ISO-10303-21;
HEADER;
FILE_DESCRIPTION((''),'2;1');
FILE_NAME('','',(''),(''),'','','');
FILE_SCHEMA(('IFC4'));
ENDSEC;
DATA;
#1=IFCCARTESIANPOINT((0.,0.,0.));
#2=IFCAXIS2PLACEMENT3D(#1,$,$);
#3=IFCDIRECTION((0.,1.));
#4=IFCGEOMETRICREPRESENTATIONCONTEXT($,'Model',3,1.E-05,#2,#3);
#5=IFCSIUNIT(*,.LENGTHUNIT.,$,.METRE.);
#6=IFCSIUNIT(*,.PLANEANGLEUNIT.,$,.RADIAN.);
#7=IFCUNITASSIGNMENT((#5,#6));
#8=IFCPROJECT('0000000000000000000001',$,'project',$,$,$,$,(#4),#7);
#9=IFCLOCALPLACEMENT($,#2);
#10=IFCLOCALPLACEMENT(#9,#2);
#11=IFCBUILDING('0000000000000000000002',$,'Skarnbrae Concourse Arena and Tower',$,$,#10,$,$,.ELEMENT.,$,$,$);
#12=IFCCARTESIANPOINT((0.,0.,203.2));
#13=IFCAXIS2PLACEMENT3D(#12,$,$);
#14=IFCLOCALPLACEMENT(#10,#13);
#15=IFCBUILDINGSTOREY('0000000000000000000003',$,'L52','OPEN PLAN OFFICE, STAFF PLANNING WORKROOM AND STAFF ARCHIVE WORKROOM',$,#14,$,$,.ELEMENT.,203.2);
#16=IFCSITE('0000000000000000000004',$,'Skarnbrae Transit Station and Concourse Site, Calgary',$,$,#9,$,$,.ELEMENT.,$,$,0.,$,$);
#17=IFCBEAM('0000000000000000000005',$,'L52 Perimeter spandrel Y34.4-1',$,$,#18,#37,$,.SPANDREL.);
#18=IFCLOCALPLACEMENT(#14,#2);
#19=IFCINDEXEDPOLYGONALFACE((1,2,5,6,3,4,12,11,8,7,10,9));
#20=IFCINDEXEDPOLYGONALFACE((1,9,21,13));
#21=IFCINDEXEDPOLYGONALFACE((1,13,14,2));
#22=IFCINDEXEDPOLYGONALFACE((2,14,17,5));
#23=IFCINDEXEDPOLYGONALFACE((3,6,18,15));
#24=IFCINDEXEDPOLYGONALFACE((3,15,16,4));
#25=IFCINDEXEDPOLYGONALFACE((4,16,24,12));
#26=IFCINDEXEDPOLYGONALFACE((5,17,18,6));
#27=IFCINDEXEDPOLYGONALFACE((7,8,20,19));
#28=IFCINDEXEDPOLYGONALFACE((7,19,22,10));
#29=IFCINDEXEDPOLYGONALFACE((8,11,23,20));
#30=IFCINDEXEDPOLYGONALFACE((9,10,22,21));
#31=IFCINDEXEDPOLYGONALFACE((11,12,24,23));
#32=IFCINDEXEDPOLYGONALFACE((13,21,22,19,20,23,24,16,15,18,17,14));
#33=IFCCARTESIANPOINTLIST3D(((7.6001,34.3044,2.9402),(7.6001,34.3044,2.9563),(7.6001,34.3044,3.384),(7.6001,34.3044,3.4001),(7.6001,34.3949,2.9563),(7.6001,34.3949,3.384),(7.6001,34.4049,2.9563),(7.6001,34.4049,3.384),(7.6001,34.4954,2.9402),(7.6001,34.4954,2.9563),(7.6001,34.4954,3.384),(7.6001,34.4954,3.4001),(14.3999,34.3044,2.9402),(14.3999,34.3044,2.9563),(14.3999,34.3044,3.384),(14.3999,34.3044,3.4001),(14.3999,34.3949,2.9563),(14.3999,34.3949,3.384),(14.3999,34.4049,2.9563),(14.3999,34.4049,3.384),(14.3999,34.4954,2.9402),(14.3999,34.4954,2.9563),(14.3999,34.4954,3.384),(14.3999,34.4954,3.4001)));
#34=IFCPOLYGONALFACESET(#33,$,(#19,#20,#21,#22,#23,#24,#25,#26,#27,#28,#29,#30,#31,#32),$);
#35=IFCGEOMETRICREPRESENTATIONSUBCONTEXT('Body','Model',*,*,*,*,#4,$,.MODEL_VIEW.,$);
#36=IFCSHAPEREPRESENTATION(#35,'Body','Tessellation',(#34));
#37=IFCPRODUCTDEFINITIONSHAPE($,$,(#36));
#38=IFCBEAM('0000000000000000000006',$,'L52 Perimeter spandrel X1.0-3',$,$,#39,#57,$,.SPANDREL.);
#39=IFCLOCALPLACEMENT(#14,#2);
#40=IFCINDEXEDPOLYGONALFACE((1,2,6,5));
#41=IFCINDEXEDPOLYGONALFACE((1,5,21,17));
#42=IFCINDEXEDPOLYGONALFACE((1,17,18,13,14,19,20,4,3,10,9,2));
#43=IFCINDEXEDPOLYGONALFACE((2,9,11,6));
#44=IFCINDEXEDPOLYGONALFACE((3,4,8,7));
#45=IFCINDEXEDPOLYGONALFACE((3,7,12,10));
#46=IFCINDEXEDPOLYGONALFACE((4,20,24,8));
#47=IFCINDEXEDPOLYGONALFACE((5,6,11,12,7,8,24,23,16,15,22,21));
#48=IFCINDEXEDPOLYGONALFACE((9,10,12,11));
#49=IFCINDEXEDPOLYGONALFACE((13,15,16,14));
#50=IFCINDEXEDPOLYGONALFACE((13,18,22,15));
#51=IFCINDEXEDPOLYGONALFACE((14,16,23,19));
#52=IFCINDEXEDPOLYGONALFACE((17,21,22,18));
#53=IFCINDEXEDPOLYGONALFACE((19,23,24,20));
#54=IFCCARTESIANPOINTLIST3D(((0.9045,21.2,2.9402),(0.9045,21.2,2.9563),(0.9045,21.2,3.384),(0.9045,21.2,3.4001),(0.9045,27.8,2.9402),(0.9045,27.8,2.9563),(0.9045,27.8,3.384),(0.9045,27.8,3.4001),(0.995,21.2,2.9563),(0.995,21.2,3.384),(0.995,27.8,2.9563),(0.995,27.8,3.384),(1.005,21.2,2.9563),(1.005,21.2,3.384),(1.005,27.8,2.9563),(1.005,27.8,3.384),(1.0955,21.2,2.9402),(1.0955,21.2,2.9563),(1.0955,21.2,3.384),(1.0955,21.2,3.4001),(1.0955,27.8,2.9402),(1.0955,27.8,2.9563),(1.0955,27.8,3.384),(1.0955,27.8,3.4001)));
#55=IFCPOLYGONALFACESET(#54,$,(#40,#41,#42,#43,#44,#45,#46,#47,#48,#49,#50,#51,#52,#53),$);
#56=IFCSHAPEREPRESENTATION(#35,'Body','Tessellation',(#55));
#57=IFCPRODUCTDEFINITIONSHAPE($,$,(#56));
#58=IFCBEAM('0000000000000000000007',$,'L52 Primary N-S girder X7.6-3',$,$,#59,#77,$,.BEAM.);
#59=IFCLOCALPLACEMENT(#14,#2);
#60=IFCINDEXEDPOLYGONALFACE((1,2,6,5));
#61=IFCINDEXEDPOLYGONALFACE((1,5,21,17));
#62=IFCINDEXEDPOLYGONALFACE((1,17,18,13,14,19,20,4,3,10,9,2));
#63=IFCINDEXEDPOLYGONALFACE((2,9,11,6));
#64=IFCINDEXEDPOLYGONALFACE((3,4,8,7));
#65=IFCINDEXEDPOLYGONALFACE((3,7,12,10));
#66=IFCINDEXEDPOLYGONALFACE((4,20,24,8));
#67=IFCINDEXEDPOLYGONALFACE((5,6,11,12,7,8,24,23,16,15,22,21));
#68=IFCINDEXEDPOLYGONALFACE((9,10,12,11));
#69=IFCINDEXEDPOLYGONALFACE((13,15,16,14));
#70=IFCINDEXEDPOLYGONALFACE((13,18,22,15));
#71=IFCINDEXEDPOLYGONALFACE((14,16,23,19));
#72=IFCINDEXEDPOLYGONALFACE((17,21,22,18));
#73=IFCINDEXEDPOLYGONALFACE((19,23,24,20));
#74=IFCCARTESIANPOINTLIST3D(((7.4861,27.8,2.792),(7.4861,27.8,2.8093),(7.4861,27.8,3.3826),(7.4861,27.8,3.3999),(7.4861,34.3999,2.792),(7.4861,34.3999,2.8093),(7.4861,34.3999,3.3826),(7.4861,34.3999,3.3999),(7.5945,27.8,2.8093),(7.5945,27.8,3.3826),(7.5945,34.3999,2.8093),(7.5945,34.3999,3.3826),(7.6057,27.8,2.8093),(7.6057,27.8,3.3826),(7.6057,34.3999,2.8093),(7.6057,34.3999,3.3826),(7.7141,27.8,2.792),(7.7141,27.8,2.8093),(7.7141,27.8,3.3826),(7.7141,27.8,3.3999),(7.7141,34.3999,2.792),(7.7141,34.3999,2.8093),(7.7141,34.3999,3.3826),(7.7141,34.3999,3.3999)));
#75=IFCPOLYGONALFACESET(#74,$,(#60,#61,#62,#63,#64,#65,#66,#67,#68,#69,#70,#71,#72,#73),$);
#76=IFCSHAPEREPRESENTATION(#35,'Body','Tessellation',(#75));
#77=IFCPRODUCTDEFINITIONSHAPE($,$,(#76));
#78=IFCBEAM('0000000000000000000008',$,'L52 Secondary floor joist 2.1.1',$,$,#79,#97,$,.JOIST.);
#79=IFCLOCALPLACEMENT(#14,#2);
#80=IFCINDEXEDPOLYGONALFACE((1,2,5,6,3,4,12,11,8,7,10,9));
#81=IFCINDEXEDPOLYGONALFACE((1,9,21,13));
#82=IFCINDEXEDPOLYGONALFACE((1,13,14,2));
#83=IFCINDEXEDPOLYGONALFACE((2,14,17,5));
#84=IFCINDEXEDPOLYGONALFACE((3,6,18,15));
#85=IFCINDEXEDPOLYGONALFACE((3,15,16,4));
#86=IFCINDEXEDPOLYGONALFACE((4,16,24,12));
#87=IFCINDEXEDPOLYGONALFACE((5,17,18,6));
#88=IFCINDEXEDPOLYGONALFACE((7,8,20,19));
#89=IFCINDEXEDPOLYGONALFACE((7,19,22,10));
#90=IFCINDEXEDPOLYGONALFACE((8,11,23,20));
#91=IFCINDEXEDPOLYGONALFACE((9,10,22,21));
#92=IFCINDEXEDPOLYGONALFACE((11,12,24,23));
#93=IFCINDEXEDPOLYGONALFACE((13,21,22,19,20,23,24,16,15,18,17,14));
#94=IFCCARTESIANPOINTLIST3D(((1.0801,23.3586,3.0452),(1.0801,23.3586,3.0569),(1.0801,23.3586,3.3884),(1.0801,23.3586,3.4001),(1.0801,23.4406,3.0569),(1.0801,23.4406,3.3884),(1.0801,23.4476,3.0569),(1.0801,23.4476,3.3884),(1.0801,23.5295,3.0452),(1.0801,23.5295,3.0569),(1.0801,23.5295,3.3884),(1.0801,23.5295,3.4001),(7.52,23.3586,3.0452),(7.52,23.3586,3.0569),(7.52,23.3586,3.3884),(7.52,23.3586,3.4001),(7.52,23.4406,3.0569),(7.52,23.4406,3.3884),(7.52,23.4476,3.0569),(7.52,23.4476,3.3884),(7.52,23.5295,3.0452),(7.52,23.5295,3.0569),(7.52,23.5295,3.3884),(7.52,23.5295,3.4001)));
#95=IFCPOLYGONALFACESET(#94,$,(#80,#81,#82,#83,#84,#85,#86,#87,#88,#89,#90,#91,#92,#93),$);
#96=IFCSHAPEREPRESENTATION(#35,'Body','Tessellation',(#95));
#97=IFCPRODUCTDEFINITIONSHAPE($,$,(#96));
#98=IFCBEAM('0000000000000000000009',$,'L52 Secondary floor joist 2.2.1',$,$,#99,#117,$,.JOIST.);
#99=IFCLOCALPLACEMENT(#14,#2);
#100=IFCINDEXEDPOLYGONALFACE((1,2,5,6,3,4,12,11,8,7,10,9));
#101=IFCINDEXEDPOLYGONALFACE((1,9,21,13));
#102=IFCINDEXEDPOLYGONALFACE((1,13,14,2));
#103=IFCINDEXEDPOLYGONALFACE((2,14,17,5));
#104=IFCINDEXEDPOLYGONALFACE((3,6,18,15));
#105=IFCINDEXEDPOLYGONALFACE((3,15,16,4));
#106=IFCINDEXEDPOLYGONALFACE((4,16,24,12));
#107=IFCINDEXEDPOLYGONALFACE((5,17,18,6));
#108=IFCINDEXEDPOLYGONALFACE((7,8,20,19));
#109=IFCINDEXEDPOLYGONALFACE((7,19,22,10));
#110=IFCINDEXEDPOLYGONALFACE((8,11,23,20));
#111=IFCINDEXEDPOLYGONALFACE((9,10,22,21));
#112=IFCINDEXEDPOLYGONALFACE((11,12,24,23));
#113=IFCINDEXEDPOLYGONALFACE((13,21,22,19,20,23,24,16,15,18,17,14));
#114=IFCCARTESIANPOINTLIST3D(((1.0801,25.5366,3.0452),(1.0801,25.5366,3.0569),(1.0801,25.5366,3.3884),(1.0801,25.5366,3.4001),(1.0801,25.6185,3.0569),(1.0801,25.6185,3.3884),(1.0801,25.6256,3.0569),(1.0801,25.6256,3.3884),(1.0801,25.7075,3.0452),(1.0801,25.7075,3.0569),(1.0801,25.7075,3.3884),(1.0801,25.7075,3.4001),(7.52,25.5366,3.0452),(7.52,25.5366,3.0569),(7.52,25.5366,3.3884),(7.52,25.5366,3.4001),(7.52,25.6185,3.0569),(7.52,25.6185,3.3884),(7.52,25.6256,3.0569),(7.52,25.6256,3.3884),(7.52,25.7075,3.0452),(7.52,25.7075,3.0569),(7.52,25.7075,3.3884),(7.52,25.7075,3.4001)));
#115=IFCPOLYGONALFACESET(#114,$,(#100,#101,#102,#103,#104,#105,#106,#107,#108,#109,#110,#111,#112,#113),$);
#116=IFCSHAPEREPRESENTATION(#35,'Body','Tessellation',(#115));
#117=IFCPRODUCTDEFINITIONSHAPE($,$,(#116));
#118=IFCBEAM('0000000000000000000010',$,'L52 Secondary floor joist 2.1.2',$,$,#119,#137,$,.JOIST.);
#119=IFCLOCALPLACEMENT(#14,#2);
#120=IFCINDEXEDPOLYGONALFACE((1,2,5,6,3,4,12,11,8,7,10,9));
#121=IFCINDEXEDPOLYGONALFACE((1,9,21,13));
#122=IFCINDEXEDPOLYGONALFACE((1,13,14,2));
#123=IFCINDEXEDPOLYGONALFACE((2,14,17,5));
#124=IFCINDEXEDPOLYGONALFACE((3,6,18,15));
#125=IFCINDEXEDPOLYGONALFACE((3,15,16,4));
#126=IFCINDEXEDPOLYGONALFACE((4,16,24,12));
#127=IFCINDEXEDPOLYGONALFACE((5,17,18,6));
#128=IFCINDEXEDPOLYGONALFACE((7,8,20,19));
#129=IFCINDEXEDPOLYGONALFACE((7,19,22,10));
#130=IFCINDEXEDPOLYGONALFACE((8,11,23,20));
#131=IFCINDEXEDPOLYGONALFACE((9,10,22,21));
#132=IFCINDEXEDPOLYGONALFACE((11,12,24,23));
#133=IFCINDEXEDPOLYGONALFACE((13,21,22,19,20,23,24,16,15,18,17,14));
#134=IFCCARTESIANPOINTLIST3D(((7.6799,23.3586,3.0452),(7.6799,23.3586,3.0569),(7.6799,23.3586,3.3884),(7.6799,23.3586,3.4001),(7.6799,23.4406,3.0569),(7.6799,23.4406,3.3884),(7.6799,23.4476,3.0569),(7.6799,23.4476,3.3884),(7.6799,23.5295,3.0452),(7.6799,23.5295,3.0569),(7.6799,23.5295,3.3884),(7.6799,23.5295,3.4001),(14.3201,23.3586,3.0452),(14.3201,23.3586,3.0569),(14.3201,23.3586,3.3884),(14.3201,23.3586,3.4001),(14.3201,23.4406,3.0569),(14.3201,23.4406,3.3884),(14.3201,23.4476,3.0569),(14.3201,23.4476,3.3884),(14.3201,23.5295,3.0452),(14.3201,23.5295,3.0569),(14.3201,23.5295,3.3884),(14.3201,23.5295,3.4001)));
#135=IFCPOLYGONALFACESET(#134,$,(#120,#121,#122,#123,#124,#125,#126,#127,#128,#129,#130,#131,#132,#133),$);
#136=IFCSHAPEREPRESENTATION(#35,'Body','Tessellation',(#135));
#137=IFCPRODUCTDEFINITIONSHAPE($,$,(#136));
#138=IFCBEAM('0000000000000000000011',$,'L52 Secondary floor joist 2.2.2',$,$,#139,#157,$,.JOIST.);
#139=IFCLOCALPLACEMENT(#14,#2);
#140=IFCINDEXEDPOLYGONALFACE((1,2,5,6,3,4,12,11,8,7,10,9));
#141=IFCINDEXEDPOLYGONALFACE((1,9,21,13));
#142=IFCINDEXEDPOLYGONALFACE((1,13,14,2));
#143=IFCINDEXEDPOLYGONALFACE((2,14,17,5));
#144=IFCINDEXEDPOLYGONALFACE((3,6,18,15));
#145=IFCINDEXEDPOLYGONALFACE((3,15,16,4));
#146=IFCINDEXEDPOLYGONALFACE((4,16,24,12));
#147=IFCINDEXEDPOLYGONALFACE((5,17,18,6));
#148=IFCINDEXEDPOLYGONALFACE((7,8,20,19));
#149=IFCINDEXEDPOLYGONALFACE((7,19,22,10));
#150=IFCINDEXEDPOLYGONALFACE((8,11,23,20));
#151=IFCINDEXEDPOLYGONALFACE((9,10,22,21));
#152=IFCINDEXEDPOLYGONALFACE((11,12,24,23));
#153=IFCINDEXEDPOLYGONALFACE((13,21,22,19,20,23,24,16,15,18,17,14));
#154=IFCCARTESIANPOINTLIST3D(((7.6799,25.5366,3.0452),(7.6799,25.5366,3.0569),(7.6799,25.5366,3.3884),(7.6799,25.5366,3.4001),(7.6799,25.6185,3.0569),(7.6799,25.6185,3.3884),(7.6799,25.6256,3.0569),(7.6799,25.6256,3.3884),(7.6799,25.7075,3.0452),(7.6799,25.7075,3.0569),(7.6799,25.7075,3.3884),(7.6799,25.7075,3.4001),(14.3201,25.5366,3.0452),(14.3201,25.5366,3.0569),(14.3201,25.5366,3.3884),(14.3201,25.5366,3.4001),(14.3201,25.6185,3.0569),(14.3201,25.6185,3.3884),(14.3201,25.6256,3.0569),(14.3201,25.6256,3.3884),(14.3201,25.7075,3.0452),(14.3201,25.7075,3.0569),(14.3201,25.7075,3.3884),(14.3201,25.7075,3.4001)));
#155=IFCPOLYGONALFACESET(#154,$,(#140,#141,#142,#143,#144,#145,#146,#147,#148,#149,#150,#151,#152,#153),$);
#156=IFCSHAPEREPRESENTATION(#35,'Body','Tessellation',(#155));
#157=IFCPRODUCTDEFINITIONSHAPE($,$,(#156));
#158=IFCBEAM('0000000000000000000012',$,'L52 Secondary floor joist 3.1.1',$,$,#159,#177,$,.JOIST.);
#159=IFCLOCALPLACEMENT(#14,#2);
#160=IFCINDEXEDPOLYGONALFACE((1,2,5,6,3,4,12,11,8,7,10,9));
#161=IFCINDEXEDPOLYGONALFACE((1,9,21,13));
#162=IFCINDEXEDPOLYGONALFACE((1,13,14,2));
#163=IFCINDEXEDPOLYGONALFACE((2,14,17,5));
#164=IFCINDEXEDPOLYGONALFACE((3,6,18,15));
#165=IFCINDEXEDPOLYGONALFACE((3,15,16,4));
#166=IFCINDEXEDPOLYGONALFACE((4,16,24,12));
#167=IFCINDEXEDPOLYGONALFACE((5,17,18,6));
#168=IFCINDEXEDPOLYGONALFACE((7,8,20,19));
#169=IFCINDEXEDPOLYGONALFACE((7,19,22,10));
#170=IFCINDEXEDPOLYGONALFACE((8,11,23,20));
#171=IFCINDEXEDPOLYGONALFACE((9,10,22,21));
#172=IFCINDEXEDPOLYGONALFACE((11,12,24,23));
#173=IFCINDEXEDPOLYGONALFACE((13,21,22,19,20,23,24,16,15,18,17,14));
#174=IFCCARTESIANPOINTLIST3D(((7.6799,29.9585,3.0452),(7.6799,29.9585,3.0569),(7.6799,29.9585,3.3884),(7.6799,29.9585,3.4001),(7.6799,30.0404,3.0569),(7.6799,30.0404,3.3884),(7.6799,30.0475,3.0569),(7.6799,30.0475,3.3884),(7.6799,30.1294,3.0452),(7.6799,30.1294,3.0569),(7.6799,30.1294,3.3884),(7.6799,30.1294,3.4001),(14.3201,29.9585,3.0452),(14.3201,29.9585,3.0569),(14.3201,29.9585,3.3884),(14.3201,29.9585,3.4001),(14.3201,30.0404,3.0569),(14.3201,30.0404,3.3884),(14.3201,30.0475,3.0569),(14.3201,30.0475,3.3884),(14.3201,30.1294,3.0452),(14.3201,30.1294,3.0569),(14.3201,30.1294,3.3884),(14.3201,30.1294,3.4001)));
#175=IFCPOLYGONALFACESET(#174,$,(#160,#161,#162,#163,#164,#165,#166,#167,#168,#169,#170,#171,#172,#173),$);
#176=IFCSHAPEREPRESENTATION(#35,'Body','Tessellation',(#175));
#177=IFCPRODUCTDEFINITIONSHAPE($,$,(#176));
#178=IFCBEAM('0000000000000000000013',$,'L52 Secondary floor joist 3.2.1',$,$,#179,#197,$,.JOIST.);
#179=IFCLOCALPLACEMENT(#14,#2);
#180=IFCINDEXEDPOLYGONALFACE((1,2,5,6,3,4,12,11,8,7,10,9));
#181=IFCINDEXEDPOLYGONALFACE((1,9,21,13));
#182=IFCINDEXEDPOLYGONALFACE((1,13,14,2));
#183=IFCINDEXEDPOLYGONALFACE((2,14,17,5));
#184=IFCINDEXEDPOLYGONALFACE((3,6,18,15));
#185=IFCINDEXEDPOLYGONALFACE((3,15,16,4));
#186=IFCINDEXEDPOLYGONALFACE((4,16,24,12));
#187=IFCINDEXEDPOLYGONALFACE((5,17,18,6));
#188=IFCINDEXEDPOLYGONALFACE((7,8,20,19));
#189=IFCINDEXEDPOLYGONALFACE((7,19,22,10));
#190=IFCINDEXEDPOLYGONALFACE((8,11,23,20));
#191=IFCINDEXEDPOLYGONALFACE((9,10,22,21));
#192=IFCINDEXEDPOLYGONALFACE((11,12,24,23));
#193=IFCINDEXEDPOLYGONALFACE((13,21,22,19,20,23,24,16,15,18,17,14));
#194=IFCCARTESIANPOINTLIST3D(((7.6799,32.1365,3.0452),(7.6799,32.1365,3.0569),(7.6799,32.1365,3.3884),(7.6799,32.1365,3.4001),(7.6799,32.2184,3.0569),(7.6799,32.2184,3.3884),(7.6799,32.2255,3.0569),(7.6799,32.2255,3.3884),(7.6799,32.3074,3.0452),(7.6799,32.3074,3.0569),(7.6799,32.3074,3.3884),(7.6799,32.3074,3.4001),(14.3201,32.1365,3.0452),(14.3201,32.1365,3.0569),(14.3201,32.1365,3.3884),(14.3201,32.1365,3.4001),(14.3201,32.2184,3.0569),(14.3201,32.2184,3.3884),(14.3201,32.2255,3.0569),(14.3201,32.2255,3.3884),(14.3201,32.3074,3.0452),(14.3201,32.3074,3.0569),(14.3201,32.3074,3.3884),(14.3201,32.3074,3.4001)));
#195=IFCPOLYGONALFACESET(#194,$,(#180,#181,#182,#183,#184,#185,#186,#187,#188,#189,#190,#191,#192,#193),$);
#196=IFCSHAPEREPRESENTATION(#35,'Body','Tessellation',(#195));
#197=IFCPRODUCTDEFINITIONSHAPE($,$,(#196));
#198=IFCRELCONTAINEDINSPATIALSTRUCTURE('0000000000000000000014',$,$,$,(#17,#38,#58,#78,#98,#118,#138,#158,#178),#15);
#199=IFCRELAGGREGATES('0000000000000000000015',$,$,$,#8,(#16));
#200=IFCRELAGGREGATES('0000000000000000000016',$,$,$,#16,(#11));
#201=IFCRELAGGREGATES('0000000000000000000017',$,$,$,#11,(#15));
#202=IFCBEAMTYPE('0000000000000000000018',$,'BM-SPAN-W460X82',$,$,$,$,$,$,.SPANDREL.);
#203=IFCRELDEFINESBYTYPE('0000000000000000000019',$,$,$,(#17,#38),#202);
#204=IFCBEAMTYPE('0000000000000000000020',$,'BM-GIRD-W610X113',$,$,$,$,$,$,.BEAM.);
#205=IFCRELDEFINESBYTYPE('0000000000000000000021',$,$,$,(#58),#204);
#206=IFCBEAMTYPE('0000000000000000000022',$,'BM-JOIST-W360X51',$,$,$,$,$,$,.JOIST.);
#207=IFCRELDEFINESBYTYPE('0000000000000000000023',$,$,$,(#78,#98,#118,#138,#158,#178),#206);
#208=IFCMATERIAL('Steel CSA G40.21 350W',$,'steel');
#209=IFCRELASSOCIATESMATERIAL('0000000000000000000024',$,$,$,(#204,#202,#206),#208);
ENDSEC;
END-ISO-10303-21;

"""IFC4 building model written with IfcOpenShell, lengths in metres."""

from ifc_helpers import new_model, si_unit, direction, frame, origin, origin_2d, place, context, subcontext, project, spatial, i_section, extrude, source, transform, mapped, material, material_profile, profile_set, type_object, element, save


model = new_model("IFC4")

# Units and contexts
model_context = context("Model", 3, precision=1e-05, world=origin(), true_north=direction((0.0, 1.0)))
body_context = subcontext(model_context, "Body", "Model", "MODEL_VIEW")
ifc_project = project(units=[si_unit("LENGTHUNIT", "METRE"), si_unit("PLANEANGLEUNIT", "RADIAN")], contexts=[model_context])

# Site, building, storey
site_placement = place(None, origin())
site = spatial("IfcSite", under=ifc_project, at=site_placement, Name="Skarnbrae Transit Station and Concourse Site, Calgary", CompositionType="ELEMENT", RefElevation=0.0)
building_placement = place(site_placement, origin())
building = spatial("IfcBuilding", under=site, at=building_placement, Name="Skarnbrae Concourse Arena and Tower", CompositionType="ELEMENT")
storey_placement = place(building_placement, frame((0.0, 0.0, 203.2)))
storey = spatial("IfcBuildingStorey", under=building, at=storey_placement, Name="L52", Description="OPEN PLAN OFFICE, STAFF PLANNING WORKROOM AND STAFF ARCHIVE WORKROOM", CompositionType="ELEMENT", Elevation=203.2)

# Shared definitions
ifc_material_1 = material(Name="Steel CSA G40.21 350W", Category="steel")

# Beams
ifc_material_profile_1 = material_profile(ifc_material_1, i_section(OverallWidth=0.228, OverallDepth=0.6079, WebThickness=0.0112, FlangeThickness=0.0173, at=origin_2d()), Name="W610X113")
ifc_profile_set_1 = profile_set([ifc_material_profile_1], Name="Steel CSA G40.21 350W")
beam_type_1 = type_object("IfcBeamType", Name="BM-GIRD-W610X113", PredefinedType="BEAM", material=ifc_profile_set_1)
ifc_material_profile_2 = material_profile(ifc_material_1, i_section(OverallWidth=0.1909, OverallDepth=0.46, WebThickness=0.01, FlangeThickness=0.0161, at=origin_2d()), Name="W460X82")
ifc_profile_set_2 = profile_set([ifc_material_profile_2], Name="Steel CSA G40.21 350W")
beam_type_2 = type_object("IfcBeamType", Name="BM-SPAN-W460X82", PredefinedType="SPANDREL", material=ifc_profile_set_2)
shared_shape_1 = source(origin(), body_context, "Body", "SweptSolid", [
    extrude(i_section(OverallWidth=0.1909, OverallDepth=0.46, WebThickness=0.01, FlangeThickness=0.0161, at=origin_2d()), origin(), (0.0, 0.0, 1.0), 6.7998),
])
beam_1_placement = place(storey_placement, frame((7.6001, 34.3999, 3.1702), z_axis=(1.0, 0.0, 0.0), x_axis=(0.0, 1.0, 0.0)))
element("IfcBeam", 1, at=beam_1_placement, inside=storey, type_object=beam_type_2, Name="L52 Perimeter spandrel Y34.4-1", PredefinedType="SPANDREL", context=body_context, shape_type="MappedRepresentation", body=[
    mapped(shared_shape_1, transform((0.0, 0.0, 0.0))),
])
shared_shape_2 = source(origin(), body_context, "Body", "SweptSolid", [
    extrude(i_section(OverallWidth=0.1909, OverallDepth=0.46, WebThickness=0.01, FlangeThickness=0.0161, at=origin_2d()), origin(), (0.0, 0.0, 1.0), 6.6001),
])
beam_2_placement = place(storey_placement, frame((1.0, 21.2, 3.1702), z_axis=(0.0, 1.0, 0.0), x_axis=(-1.0, 0.0, 0.0)))
element("IfcBeam", 2, at=beam_2_placement, inside=storey, type_object=beam_type_2, Name="L52 Perimeter spandrel X1.0-3", PredefinedType="SPANDREL", context=body_context, shape_type="MappedRepresentation", body=[
    mapped(shared_shape_2, transform((0.0, 0.0, 0.0))),
])
shared_shape_3 = source(origin(), body_context, "Body", "SweptSolid", [
    extrude(i_section(OverallWidth=0.228, OverallDepth=0.6079, WebThickness=0.0112, FlangeThickness=0.0173, at=origin_2d()), origin(), (0.0, 0.0, 1.0), 6.5999),
])
beam_3_placement = place(storey_placement, frame((7.6001, 27.8, 3.0959), z_axis=(0.0, 1.0, 0.0), x_axis=(-1.0, 0.0, 0.0)))
element("IfcBeam", 3, at=beam_3_placement, inside=storey, type_object=beam_type_1, Name="L52 Primary N-S girder X7.6-3", PredefinedType="BEAM", context=body_context, shape_type="MappedRepresentation", body=[
    mapped(shared_shape_3, transform((0.0, 0.0, 0.0))),
])
ifc_material_profile_3 = material_profile(ifc_material_1, i_section(OverallWidth=0.1709, OverallDepth=0.355, WebThickness=0.0071, FlangeThickness=0.0117, at=origin_2d()), Name="W360X51")
ifc_profile_set_3 = profile_set([ifc_material_profile_3], Name="Steel CSA G40.21 350W")
beam_type_3 = type_object("IfcBeamType", Name="BM-JOIST-W360X51", PredefinedType="JOIST", material=ifc_profile_set_3)
shared_shape_4 = source(origin(), body_context, "Body", "SweptSolid", [
    extrude(i_section(OverallWidth=0.1709, OverallDepth=0.355, WebThickness=0.0071, FlangeThickness=0.0117, at=origin_2d()), origin(), (0.0, 0.0, 1.0), 6.4399),
])
for number, where, z_axis, x_axis, name in (
    (4, (1.0801, 23.4441, 3.2227), (1.0, 0.0, 0.0), (0.0, 1.0, 0.0), "L52 Secondary floor joist 2.1.1"),
    (5, (1.0801, 25.6221, 3.2227), (1.0, 0.0, 0.0), (0.0, 1.0, 0.0), "L52 Secondary floor joist 2.2.1"),
):
    element("IfcBeam", number, at=place(storey_placement, frame(where, z_axis=z_axis, x_axis=x_axis)), inside=storey, type_object=beam_type_3, Name=name, PredefinedType="JOIST", context=body_context, shape_type="MappedRepresentation", body=[
        mapped(shared_shape_4, transform((0.0, 0.0, 0.0))),
    ])
shared_shape_5 = source(origin(), body_context, "Body", "SweptSolid", [
    extrude(i_section(OverallWidth=0.1709, OverallDepth=0.355, WebThickness=0.0071, FlangeThickness=0.0117, at=origin_2d()), origin(), (0.0, 0.0, 1.0), 6.6401),
])
for number, where, z_axis, x_axis, name in (
    (6, (7.6799, 23.4441, 3.2227), (1.0, 0.0, 0.0), (0.0, 1.0, 0.0), "L52 Secondary floor joist 2.1.2"),
    (7, (7.6799, 25.6221, 3.2227), (1.0, 0.0, 0.0), (0.0, 1.0, 0.0), "L52 Secondary floor joist 2.2.2"),
    (8, (7.6799, 30.0439, 3.2227), (1.0, 0.0, 0.0), (0.0, 1.0, 0.0), "L52 Secondary floor joist 3.1.1"),
    (9, (7.6799, 32.2219, 3.2227), (1.0, 0.0, 0.0), (0.0, 1.0, 0.0), "L52 Secondary floor joist 3.2.1"),
):
    element("IfcBeam", number, at=place(storey_placement, frame(where, z_axis=z_axis, x_axis=x_axis)), inside=storey, type_object=beam_type_3, Name=name, PredefinedType="JOIST", context=body_context, shape_type="MappedRepresentation", body=[
        mapped(shared_shape_5, transform((0.0, 0.0, 0.0))),
    ])

save(model, "model.ifc")
